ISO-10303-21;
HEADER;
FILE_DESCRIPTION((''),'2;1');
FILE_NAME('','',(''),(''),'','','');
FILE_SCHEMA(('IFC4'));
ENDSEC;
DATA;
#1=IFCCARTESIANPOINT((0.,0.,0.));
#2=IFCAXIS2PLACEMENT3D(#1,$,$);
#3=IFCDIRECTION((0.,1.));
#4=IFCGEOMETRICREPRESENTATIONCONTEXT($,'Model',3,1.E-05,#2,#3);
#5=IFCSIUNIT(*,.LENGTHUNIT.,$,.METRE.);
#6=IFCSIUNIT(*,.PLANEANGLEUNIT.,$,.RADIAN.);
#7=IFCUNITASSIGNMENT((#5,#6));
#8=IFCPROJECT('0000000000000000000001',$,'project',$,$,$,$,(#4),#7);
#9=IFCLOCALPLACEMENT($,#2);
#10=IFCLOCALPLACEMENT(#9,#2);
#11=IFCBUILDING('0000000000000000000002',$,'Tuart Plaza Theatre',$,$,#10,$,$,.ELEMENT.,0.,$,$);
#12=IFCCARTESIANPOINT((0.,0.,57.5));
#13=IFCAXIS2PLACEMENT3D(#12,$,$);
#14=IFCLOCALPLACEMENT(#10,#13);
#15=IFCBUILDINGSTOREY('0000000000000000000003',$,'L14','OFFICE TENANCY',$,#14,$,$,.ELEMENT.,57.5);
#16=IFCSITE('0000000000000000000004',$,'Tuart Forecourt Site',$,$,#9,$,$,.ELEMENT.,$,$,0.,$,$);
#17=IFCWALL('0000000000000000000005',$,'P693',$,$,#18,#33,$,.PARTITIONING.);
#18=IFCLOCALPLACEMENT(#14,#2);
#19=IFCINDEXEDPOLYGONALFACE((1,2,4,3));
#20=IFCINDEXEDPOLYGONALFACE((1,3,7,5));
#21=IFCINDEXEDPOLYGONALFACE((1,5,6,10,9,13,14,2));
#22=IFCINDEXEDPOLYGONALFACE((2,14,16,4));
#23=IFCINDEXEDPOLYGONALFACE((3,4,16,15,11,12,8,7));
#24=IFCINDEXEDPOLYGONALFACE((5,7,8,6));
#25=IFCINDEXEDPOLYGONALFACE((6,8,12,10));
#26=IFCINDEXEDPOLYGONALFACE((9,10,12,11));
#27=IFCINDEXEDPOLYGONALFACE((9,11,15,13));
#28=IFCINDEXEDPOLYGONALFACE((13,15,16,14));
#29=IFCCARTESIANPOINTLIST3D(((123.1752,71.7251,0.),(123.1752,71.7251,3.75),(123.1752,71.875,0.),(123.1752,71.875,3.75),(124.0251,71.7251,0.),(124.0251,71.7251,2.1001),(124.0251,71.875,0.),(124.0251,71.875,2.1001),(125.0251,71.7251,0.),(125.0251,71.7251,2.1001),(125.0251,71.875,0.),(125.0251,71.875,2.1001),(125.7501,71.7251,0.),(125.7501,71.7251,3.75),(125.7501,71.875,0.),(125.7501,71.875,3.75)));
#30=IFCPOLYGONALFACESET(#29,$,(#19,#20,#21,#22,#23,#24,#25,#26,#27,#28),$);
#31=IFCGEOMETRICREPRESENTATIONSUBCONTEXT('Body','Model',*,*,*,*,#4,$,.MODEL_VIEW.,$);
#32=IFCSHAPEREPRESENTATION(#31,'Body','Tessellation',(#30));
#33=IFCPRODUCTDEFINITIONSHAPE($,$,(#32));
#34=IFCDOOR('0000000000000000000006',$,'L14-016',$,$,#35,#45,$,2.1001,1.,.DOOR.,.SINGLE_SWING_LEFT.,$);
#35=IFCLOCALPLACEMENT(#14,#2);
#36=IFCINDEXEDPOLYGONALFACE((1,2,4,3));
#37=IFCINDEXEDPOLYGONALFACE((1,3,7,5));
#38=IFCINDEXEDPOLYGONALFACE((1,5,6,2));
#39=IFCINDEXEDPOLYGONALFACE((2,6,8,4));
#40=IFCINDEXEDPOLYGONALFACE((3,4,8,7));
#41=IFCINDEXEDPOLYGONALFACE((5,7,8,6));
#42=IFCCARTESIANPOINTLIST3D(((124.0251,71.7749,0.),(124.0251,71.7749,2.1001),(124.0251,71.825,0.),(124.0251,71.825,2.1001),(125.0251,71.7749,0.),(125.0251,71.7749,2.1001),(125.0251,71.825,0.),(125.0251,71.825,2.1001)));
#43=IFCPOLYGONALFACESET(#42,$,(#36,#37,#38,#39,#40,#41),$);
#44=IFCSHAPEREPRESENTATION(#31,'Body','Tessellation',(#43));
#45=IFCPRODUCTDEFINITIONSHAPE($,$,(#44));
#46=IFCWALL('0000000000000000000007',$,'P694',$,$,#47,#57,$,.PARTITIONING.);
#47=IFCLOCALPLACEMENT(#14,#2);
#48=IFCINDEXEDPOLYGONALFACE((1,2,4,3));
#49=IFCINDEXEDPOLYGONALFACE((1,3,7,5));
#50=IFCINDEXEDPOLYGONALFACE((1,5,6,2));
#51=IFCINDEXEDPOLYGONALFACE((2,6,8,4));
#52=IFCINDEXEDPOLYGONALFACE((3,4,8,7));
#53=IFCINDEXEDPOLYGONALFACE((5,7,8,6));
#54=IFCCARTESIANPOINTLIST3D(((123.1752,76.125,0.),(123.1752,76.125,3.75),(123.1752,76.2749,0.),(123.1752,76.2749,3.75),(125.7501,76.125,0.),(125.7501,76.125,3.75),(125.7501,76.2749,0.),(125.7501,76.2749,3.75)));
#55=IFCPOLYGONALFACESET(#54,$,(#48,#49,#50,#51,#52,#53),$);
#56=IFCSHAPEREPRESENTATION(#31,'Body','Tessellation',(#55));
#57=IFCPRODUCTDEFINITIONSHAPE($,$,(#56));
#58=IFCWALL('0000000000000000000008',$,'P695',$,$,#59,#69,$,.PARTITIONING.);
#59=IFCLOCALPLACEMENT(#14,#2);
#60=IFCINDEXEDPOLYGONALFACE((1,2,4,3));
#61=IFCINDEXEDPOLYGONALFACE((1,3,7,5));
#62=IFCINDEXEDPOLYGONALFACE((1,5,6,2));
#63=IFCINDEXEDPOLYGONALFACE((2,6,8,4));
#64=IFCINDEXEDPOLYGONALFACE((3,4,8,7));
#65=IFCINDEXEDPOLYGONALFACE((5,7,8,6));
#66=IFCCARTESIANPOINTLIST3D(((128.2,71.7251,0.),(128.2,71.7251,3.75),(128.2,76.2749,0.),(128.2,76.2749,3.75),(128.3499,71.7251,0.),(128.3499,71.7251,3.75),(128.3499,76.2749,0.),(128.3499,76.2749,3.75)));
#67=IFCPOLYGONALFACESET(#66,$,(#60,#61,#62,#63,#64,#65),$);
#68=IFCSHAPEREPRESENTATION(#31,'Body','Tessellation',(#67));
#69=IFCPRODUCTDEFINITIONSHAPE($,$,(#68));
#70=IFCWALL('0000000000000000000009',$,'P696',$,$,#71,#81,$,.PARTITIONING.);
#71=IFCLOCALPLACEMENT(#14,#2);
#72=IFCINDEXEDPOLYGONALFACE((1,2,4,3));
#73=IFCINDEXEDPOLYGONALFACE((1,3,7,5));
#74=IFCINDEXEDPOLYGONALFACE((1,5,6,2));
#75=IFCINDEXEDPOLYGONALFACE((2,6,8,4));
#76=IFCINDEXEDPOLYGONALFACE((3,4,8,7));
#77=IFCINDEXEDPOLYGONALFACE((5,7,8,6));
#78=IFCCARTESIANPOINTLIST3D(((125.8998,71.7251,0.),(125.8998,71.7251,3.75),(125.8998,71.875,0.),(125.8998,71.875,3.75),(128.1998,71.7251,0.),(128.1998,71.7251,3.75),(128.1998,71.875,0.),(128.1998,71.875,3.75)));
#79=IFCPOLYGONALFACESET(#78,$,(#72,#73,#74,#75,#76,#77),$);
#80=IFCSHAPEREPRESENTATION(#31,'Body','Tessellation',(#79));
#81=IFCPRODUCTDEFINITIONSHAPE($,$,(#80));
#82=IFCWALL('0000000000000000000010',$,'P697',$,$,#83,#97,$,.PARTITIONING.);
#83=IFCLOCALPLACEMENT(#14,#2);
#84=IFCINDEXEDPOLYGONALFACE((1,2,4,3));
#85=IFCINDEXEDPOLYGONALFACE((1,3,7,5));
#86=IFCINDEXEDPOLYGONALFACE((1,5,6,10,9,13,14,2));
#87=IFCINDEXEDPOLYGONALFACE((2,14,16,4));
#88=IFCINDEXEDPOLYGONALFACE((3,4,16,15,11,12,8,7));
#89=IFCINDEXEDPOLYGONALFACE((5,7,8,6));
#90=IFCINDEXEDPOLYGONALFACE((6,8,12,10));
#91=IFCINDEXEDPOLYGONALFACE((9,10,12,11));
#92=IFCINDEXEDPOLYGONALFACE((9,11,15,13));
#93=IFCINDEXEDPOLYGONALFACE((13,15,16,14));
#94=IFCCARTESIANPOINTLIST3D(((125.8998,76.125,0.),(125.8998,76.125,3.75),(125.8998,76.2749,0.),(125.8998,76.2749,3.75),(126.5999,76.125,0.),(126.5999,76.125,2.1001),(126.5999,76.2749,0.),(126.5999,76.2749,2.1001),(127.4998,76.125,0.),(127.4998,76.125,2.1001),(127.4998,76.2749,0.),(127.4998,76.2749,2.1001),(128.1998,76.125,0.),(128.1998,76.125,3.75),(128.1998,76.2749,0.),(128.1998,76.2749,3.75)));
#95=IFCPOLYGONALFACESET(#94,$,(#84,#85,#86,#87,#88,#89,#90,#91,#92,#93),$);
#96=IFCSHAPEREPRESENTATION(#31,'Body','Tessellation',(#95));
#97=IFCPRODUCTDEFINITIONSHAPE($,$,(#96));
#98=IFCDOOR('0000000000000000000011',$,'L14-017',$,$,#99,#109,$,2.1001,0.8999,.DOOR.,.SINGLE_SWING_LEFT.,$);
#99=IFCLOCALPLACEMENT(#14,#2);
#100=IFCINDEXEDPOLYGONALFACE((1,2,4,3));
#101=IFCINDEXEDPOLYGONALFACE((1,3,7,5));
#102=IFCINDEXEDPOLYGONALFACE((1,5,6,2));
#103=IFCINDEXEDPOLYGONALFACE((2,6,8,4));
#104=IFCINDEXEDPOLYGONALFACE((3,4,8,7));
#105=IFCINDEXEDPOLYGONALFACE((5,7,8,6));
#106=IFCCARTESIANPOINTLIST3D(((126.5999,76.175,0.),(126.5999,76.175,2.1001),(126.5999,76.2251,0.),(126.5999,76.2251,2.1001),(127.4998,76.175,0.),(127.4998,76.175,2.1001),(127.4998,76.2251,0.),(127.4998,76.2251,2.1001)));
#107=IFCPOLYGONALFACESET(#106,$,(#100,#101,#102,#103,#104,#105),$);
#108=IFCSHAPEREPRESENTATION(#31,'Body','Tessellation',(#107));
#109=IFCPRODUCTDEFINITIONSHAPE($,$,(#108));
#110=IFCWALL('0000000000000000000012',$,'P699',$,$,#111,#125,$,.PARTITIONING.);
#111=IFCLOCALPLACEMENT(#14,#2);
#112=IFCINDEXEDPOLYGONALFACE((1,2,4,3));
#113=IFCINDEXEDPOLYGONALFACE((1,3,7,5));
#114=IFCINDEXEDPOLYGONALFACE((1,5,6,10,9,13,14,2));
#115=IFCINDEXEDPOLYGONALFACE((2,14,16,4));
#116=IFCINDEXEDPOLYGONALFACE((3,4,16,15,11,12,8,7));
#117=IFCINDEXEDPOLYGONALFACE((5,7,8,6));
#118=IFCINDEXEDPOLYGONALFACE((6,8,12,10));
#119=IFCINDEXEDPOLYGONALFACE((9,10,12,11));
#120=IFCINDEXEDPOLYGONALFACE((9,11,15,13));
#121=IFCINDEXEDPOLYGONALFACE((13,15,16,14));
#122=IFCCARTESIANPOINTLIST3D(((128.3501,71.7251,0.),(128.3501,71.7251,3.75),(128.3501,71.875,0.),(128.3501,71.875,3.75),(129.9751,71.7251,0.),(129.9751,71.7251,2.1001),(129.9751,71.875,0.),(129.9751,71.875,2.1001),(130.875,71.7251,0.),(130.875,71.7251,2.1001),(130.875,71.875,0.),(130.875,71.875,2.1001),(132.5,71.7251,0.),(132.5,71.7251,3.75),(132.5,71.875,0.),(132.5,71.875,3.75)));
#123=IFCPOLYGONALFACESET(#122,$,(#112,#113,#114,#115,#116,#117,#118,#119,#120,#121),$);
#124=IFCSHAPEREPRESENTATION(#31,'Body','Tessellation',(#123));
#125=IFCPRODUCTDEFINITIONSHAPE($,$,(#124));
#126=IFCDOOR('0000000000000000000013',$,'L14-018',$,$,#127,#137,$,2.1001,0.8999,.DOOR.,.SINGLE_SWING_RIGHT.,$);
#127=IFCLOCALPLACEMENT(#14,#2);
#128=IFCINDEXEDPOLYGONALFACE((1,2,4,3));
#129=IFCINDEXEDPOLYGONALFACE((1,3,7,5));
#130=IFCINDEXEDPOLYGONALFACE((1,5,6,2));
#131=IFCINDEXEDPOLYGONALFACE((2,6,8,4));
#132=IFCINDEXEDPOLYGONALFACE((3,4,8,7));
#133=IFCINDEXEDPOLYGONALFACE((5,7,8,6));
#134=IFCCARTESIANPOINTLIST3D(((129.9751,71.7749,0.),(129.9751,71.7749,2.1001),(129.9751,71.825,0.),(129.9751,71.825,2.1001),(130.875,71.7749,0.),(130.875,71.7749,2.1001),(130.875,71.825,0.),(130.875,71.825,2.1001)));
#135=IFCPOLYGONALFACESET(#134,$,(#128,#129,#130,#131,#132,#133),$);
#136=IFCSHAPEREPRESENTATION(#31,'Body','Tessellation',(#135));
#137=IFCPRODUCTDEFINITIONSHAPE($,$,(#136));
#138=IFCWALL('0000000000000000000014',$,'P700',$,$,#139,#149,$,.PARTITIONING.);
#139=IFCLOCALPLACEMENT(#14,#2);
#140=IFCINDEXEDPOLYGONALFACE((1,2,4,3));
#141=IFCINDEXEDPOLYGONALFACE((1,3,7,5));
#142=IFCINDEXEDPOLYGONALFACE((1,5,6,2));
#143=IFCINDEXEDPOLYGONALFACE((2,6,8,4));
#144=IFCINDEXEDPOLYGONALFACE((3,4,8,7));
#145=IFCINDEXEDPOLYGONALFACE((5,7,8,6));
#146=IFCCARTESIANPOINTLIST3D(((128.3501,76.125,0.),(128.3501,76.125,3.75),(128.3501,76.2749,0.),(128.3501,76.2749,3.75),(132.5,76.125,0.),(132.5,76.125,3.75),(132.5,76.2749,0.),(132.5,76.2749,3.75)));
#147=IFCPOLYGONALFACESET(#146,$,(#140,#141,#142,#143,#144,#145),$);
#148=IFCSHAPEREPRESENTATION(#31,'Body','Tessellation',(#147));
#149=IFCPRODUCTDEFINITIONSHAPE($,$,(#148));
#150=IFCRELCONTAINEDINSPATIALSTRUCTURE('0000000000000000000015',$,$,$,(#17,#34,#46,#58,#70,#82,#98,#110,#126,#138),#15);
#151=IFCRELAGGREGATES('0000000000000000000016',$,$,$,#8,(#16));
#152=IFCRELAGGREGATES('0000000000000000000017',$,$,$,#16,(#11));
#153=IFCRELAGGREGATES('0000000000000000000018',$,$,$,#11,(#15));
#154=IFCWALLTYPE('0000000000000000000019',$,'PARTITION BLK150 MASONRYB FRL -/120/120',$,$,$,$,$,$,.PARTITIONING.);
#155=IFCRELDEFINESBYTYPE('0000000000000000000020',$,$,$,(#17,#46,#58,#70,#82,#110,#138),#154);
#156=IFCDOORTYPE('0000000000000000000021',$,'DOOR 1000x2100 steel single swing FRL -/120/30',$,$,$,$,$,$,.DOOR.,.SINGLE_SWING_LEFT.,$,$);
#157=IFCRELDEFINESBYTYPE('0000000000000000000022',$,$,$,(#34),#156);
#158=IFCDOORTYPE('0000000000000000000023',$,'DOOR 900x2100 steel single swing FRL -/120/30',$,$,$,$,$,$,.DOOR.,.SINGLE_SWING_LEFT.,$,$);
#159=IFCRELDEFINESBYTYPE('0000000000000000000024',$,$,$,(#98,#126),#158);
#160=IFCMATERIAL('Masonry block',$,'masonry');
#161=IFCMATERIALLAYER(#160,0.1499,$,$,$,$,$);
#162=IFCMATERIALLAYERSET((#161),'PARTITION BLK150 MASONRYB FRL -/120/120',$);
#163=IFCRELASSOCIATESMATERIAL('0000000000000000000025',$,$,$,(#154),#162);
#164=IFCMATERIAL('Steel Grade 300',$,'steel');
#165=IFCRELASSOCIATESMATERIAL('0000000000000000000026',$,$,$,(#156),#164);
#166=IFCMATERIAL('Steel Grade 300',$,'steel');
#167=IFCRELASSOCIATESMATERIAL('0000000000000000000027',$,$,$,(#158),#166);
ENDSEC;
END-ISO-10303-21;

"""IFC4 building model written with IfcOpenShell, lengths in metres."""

from ifc_helpers import new_model, si_unit, direction, frame, frame_2d, origin, place, context, subcontext, project, spatial, rectangle, extrude, material, layer, layer_set, type_object, element, fill, save


model = new_model("IFC4")

# Units and contexts
model_context = context("Model", 3, precision=1e-05, world=origin(), true_north=direction((0.0, 1.0)))
body_context = subcontext(model_context, "Body", "Model", "MODEL_VIEW")
ifc_project = project(units=[si_unit("LENGTHUNIT", "METRE"), si_unit("PLANEANGLEUNIT", "RADIAN")], contexts=[model_context])

# Site, building, storey
site_placement = place(None, origin())
site = spatial("IfcSite", under=ifc_project, at=site_placement, Name="Tuart Forecourt Site", CompositionType="ELEMENT", RefElevation=0.0)
building_placement = place(site_placement, origin())
building = spatial("IfcBuilding", under=site, at=building_placement, Name="Tuart Plaza Theatre", CompositionType="ELEMENT", ElevationOfRefHeight=0.0)
storey_placement = place(building_placement, frame((0.0, 0.0, 57.5)))
storey = spatial("IfcBuildingStorey", under=building, at=storey_placement, Name="L14", Description="OFFICE TENANCY", CompositionType="ELEMENT", Elevation=57.5)

# Wall, opening, door
ifc_material_1 = material(Name="Masonry block", Category="masonry")
ifc_layer_1 = layer(ifc_material_1, 0.1499)
ifc_layer_set_1 = layer_set([ifc_layer_1], Name="PARTITION BLK150 MASONRYB FRL -/120/120")
wall_type_1 = type_object("IfcWallType", Name="PARTITION BLK150 MASONRYB FRL -/120/120", PredefinedType="PARTITIONING", material=ifc_layer_set_1)
wall_1_placement = place(storey_placement, frame((123.175, 71.8, 0.0), z_axis=(0.0, 0.0, 1.0), x_axis=(1.0, 0.0, 0.0)))
wall_1 = element("IfcWall", 1, at=wall_1_placement, inside=storey, type_object=wall_type_1, Name="P693", PredefinedType="PARTITIONING", context=body_context, shape_type="SweptSolid", body=[
    extrude(rectangle(XDim=2.575, YDim=0.1499, at=frame_2d((1.2876, 0.0))), origin(), (0.0, 0.0, 1.0), 3.75),
])
opening_1_placement = place(wall_1_placement, frame((0.8501, 0.0, 0.0)))
opening_1 = element("IfcOpeningElement", 2, at=opening_1_placement, cuts=wall_1, PredefinedType="OPENING", context=body_context, shape_type="SweptSolid", body=[
    extrude(rectangle(XDim=1.0, YDim=2.1001, at=frame_2d((0.5, 1.05))), frame((0.0, 0.085, 0.0), z_axis=(0.0, -1.0, 0.0), x_axis=(1.0, 0.0, 0.0)), (0.0, 0.0, 1.0), 0.1699),
])
ifc_material_2 = material(Name="Steel Grade 300", Category="steel")
door_type_1 = type_object("IfcDoorType", Name="DOOR 1000x2100 steel single swing FRL -/120/30", OperationType="SINGLE_SWING_LEFT", PredefinedType="DOOR", material=ifc_material_2)
door_1_placement = place(opening_1_placement, origin())
door_1 = element("IfcDoor", 3, at=door_1_placement, inside=storey, type_object=door_type_1, Name="L14-016", OperationType="SINGLE_SWING_LEFT", OverallHeight=2.1001, OverallWidth=1.0, PredefinedType="DOOR", context=body_context, shape_type="SweptSolid", body=[
    extrude(rectangle(XDim=1.0, YDim=2.1001, at=frame_2d((0.5, 1.05))), frame((0.0, 0.0249, 0.0), z_axis=(0.0, -1.0, 0.0), x_axis=(1.0, 0.0, 0.0)), (0.0, 0.0, 1.0), 0.05),
])
fill(opening_1, door_1)

# Walls
wall_2_placement = place(storey_placement, frame((123.175, 76.2, 0.0), z_axis=(0.0, 0.0, 1.0), x_axis=(1.0, 0.0, 0.0)))
element("IfcWall", 4, at=wall_2_placement, inside=storey, type_object=wall_type_1, Name="P694", PredefinedType="PARTITIONING", context=body_context, shape_type="SweptSolid", body=[
    extrude(rectangle(XDim=2.575, YDim=0.1499, at=frame_2d((1.2876, 0.0))), origin(), (0.0, 0.0, 1.0), 3.75),
])
wall_3_placement = place(storey_placement, frame((128.2749, 71.7251, 0.0), z_axis=(0.0, 0.0, 1.0), x_axis=(0.0, 1.0, 0.0)))
element("IfcWall", 5, at=wall_3_placement, inside=storey, type_object=wall_type_1, Name="P695", PredefinedType="PARTITIONING", context=body_context, shape_type="SweptSolid", body=[
    extrude(rectangle(XDim=4.5498, YDim=0.1499, at=frame_2d((2.2749, 0.0))), origin(), (0.0, 0.0, 1.0), 3.75),
])
wall_4_placement = place(storey_placement, frame((125.8999, 71.8, 0.0), z_axis=(0.0, 0.0, 1.0), x_axis=(1.0, 0.0, 0.0)))
element("IfcWall", 6, at=wall_4_placement, inside=storey, type_object=wall_type_1, Name="P696", PredefinedType="PARTITIONING", context=body_context, shape_type="SweptSolid", body=[
    extrude(rectangle(XDim=2.3, YDim=0.1499, at=frame_2d((1.1499, 0.0))), origin(), (0.0, 0.0, 1.0), 3.75),
])

# Walls, openings, doors
wall_5_placement = place(storey_placement, frame((125.8999, 76.2, 0.0), z_axis=(0.0, 0.0, 1.0), x_axis=(1.0, 0.0, 0.0)))
wall_5 = element("IfcWall", 7, at=wall_5_placement, inside=storey, type_object=wall_type_1, Name="P697", PredefinedType="PARTITIONING", context=body_context, shape_type="SweptSolid", body=[
    extrude(rectangle(XDim=2.3, YDim=0.1499, at=frame_2d((1.1499, 0.0))), origin(), (0.0, 0.0, 1.0), 3.75),
])
opening_2_placement = place(wall_5_placement, frame((0.7, 0.0, 0.0)))
opening_2 = element("IfcOpeningElement", 8, at=opening_2_placement, cuts=wall_5, PredefinedType="OPENING", context=body_context, shape_type="SweptSolid", body=[
    extrude(rectangle(XDim=0.8999, YDim=2.1001, at=frame_2d((0.45, 1.05))), frame((0.0, 0.085, 0.0), z_axis=(0.0, -1.0, 0.0), x_axis=(1.0, 0.0, 0.0)), (0.0, 0.0, 1.0), 0.1699),
])
ifc_material_3 = material(Name="Steel Grade 300", Category="steel")
door_type_2 = type_object("IfcDoorType", Name="DOOR 900x2100 steel single swing FRL -/120/30", OperationType="SINGLE_SWING_LEFT", PredefinedType="DOOR", material=ifc_material_3)
door_2_placement = place(opening_2_placement, frame((0.8999, 0.0, 0.0), z_axis=(0.0, 0.0, 1.0), x_axis=(-1.0, 0.0, 0.0)))
door_2 = element("IfcDoor", 9, at=door_2_placement, inside=storey, type_object=door_type_2, Name="L14-017", OperationType="SINGLE_SWING_LEFT", OverallHeight=2.1001, OverallWidth=0.8999, PredefinedType="DOOR", context=body_context, shape_type="SweptSolid", body=[
    extrude(rectangle(XDim=0.8999, YDim=2.1001, at=frame_2d((0.45, 1.05))), frame((0.0, 0.0249, 0.0), z_axis=(0.0, -1.0, 0.0), x_axis=(1.0, 0.0, 0.0)), (0.0, 0.0, 1.0), 0.05),
])
fill(opening_2, door_2)
wall_6_placement = place(storey_placement, frame((128.3501, 71.8, 0.0), z_axis=(0.0, 0.0, 1.0), x_axis=(1.0, 0.0, 0.0)))
wall_6 = element("IfcWall", 10, at=wall_6_placement, inside=storey, type_object=wall_type_1, Name="P699", PredefinedType="PARTITIONING", context=body_context, shape_type="SweptSolid", body=[
    extrude(rectangle(XDim=4.1499, YDim=0.1499, at=frame_2d((2.075, 0.0))), origin(), (0.0, 0.0, 1.0), 3.75),
])
opening_3_placement = place(wall_6_placement, frame((1.625, 0.0, 0.0)))
opening_3 = element("IfcOpeningElement", 11, at=opening_3_placement, cuts=wall_6, PredefinedType="OPENING", context=body_context, shape_type="SweptSolid", body=[
    extrude(rectangle(XDim=0.8999, YDim=2.1001, at=frame_2d((0.45, 1.05))), frame((0.0, 0.085, 0.0), z_axis=(0.0, -1.0, 0.0), x_axis=(1.0, 0.0, 0.0)), (0.0, 0.0, 1.0), 0.1699),
])
door_3_placement = place(opening_3_placement, origin())
door_3 = element("IfcDoor", 12, at=door_3_placement, inside=storey, type_object=door_type_2, Name="L14-018", OperationType="SINGLE_SWING_RIGHT", OverallHeight=2.1001, OverallWidth=0.8999, PredefinedType="DOOR", context=body_context, shape_type="SweptSolid", body=[
    extrude(rectangle(XDim=0.8999, YDim=2.1001, at=frame_2d((0.45, 1.05))), frame((0.0, 0.0249, 0.0), z_axis=(0.0, -1.0, 0.0), x_axis=(1.0, 0.0, 0.0)), (0.0, 0.0, 1.0), 0.05),
])
fill(opening_3, door_3)

# Wall
wall_7_placement = place(storey_placement, frame((128.3501, 76.2, 0.0), z_axis=(0.0, 0.0, 1.0), x_axis=(1.0, 0.0, 0.0)))
element("IfcWall", 13, at=wall_7_placement, inside=storey, type_object=wall_type_1, Name="P700", PredefinedType="PARTITIONING", context=body_context, shape_type="SweptSolid", body=[
    extrude(rectangle(XDim=4.1499, YDim=0.1499, at=frame_2d((2.075, 0.0))), origin(), (0.0, 0.0, 1.0), 3.75),
])

save(model, "model.ifc")
